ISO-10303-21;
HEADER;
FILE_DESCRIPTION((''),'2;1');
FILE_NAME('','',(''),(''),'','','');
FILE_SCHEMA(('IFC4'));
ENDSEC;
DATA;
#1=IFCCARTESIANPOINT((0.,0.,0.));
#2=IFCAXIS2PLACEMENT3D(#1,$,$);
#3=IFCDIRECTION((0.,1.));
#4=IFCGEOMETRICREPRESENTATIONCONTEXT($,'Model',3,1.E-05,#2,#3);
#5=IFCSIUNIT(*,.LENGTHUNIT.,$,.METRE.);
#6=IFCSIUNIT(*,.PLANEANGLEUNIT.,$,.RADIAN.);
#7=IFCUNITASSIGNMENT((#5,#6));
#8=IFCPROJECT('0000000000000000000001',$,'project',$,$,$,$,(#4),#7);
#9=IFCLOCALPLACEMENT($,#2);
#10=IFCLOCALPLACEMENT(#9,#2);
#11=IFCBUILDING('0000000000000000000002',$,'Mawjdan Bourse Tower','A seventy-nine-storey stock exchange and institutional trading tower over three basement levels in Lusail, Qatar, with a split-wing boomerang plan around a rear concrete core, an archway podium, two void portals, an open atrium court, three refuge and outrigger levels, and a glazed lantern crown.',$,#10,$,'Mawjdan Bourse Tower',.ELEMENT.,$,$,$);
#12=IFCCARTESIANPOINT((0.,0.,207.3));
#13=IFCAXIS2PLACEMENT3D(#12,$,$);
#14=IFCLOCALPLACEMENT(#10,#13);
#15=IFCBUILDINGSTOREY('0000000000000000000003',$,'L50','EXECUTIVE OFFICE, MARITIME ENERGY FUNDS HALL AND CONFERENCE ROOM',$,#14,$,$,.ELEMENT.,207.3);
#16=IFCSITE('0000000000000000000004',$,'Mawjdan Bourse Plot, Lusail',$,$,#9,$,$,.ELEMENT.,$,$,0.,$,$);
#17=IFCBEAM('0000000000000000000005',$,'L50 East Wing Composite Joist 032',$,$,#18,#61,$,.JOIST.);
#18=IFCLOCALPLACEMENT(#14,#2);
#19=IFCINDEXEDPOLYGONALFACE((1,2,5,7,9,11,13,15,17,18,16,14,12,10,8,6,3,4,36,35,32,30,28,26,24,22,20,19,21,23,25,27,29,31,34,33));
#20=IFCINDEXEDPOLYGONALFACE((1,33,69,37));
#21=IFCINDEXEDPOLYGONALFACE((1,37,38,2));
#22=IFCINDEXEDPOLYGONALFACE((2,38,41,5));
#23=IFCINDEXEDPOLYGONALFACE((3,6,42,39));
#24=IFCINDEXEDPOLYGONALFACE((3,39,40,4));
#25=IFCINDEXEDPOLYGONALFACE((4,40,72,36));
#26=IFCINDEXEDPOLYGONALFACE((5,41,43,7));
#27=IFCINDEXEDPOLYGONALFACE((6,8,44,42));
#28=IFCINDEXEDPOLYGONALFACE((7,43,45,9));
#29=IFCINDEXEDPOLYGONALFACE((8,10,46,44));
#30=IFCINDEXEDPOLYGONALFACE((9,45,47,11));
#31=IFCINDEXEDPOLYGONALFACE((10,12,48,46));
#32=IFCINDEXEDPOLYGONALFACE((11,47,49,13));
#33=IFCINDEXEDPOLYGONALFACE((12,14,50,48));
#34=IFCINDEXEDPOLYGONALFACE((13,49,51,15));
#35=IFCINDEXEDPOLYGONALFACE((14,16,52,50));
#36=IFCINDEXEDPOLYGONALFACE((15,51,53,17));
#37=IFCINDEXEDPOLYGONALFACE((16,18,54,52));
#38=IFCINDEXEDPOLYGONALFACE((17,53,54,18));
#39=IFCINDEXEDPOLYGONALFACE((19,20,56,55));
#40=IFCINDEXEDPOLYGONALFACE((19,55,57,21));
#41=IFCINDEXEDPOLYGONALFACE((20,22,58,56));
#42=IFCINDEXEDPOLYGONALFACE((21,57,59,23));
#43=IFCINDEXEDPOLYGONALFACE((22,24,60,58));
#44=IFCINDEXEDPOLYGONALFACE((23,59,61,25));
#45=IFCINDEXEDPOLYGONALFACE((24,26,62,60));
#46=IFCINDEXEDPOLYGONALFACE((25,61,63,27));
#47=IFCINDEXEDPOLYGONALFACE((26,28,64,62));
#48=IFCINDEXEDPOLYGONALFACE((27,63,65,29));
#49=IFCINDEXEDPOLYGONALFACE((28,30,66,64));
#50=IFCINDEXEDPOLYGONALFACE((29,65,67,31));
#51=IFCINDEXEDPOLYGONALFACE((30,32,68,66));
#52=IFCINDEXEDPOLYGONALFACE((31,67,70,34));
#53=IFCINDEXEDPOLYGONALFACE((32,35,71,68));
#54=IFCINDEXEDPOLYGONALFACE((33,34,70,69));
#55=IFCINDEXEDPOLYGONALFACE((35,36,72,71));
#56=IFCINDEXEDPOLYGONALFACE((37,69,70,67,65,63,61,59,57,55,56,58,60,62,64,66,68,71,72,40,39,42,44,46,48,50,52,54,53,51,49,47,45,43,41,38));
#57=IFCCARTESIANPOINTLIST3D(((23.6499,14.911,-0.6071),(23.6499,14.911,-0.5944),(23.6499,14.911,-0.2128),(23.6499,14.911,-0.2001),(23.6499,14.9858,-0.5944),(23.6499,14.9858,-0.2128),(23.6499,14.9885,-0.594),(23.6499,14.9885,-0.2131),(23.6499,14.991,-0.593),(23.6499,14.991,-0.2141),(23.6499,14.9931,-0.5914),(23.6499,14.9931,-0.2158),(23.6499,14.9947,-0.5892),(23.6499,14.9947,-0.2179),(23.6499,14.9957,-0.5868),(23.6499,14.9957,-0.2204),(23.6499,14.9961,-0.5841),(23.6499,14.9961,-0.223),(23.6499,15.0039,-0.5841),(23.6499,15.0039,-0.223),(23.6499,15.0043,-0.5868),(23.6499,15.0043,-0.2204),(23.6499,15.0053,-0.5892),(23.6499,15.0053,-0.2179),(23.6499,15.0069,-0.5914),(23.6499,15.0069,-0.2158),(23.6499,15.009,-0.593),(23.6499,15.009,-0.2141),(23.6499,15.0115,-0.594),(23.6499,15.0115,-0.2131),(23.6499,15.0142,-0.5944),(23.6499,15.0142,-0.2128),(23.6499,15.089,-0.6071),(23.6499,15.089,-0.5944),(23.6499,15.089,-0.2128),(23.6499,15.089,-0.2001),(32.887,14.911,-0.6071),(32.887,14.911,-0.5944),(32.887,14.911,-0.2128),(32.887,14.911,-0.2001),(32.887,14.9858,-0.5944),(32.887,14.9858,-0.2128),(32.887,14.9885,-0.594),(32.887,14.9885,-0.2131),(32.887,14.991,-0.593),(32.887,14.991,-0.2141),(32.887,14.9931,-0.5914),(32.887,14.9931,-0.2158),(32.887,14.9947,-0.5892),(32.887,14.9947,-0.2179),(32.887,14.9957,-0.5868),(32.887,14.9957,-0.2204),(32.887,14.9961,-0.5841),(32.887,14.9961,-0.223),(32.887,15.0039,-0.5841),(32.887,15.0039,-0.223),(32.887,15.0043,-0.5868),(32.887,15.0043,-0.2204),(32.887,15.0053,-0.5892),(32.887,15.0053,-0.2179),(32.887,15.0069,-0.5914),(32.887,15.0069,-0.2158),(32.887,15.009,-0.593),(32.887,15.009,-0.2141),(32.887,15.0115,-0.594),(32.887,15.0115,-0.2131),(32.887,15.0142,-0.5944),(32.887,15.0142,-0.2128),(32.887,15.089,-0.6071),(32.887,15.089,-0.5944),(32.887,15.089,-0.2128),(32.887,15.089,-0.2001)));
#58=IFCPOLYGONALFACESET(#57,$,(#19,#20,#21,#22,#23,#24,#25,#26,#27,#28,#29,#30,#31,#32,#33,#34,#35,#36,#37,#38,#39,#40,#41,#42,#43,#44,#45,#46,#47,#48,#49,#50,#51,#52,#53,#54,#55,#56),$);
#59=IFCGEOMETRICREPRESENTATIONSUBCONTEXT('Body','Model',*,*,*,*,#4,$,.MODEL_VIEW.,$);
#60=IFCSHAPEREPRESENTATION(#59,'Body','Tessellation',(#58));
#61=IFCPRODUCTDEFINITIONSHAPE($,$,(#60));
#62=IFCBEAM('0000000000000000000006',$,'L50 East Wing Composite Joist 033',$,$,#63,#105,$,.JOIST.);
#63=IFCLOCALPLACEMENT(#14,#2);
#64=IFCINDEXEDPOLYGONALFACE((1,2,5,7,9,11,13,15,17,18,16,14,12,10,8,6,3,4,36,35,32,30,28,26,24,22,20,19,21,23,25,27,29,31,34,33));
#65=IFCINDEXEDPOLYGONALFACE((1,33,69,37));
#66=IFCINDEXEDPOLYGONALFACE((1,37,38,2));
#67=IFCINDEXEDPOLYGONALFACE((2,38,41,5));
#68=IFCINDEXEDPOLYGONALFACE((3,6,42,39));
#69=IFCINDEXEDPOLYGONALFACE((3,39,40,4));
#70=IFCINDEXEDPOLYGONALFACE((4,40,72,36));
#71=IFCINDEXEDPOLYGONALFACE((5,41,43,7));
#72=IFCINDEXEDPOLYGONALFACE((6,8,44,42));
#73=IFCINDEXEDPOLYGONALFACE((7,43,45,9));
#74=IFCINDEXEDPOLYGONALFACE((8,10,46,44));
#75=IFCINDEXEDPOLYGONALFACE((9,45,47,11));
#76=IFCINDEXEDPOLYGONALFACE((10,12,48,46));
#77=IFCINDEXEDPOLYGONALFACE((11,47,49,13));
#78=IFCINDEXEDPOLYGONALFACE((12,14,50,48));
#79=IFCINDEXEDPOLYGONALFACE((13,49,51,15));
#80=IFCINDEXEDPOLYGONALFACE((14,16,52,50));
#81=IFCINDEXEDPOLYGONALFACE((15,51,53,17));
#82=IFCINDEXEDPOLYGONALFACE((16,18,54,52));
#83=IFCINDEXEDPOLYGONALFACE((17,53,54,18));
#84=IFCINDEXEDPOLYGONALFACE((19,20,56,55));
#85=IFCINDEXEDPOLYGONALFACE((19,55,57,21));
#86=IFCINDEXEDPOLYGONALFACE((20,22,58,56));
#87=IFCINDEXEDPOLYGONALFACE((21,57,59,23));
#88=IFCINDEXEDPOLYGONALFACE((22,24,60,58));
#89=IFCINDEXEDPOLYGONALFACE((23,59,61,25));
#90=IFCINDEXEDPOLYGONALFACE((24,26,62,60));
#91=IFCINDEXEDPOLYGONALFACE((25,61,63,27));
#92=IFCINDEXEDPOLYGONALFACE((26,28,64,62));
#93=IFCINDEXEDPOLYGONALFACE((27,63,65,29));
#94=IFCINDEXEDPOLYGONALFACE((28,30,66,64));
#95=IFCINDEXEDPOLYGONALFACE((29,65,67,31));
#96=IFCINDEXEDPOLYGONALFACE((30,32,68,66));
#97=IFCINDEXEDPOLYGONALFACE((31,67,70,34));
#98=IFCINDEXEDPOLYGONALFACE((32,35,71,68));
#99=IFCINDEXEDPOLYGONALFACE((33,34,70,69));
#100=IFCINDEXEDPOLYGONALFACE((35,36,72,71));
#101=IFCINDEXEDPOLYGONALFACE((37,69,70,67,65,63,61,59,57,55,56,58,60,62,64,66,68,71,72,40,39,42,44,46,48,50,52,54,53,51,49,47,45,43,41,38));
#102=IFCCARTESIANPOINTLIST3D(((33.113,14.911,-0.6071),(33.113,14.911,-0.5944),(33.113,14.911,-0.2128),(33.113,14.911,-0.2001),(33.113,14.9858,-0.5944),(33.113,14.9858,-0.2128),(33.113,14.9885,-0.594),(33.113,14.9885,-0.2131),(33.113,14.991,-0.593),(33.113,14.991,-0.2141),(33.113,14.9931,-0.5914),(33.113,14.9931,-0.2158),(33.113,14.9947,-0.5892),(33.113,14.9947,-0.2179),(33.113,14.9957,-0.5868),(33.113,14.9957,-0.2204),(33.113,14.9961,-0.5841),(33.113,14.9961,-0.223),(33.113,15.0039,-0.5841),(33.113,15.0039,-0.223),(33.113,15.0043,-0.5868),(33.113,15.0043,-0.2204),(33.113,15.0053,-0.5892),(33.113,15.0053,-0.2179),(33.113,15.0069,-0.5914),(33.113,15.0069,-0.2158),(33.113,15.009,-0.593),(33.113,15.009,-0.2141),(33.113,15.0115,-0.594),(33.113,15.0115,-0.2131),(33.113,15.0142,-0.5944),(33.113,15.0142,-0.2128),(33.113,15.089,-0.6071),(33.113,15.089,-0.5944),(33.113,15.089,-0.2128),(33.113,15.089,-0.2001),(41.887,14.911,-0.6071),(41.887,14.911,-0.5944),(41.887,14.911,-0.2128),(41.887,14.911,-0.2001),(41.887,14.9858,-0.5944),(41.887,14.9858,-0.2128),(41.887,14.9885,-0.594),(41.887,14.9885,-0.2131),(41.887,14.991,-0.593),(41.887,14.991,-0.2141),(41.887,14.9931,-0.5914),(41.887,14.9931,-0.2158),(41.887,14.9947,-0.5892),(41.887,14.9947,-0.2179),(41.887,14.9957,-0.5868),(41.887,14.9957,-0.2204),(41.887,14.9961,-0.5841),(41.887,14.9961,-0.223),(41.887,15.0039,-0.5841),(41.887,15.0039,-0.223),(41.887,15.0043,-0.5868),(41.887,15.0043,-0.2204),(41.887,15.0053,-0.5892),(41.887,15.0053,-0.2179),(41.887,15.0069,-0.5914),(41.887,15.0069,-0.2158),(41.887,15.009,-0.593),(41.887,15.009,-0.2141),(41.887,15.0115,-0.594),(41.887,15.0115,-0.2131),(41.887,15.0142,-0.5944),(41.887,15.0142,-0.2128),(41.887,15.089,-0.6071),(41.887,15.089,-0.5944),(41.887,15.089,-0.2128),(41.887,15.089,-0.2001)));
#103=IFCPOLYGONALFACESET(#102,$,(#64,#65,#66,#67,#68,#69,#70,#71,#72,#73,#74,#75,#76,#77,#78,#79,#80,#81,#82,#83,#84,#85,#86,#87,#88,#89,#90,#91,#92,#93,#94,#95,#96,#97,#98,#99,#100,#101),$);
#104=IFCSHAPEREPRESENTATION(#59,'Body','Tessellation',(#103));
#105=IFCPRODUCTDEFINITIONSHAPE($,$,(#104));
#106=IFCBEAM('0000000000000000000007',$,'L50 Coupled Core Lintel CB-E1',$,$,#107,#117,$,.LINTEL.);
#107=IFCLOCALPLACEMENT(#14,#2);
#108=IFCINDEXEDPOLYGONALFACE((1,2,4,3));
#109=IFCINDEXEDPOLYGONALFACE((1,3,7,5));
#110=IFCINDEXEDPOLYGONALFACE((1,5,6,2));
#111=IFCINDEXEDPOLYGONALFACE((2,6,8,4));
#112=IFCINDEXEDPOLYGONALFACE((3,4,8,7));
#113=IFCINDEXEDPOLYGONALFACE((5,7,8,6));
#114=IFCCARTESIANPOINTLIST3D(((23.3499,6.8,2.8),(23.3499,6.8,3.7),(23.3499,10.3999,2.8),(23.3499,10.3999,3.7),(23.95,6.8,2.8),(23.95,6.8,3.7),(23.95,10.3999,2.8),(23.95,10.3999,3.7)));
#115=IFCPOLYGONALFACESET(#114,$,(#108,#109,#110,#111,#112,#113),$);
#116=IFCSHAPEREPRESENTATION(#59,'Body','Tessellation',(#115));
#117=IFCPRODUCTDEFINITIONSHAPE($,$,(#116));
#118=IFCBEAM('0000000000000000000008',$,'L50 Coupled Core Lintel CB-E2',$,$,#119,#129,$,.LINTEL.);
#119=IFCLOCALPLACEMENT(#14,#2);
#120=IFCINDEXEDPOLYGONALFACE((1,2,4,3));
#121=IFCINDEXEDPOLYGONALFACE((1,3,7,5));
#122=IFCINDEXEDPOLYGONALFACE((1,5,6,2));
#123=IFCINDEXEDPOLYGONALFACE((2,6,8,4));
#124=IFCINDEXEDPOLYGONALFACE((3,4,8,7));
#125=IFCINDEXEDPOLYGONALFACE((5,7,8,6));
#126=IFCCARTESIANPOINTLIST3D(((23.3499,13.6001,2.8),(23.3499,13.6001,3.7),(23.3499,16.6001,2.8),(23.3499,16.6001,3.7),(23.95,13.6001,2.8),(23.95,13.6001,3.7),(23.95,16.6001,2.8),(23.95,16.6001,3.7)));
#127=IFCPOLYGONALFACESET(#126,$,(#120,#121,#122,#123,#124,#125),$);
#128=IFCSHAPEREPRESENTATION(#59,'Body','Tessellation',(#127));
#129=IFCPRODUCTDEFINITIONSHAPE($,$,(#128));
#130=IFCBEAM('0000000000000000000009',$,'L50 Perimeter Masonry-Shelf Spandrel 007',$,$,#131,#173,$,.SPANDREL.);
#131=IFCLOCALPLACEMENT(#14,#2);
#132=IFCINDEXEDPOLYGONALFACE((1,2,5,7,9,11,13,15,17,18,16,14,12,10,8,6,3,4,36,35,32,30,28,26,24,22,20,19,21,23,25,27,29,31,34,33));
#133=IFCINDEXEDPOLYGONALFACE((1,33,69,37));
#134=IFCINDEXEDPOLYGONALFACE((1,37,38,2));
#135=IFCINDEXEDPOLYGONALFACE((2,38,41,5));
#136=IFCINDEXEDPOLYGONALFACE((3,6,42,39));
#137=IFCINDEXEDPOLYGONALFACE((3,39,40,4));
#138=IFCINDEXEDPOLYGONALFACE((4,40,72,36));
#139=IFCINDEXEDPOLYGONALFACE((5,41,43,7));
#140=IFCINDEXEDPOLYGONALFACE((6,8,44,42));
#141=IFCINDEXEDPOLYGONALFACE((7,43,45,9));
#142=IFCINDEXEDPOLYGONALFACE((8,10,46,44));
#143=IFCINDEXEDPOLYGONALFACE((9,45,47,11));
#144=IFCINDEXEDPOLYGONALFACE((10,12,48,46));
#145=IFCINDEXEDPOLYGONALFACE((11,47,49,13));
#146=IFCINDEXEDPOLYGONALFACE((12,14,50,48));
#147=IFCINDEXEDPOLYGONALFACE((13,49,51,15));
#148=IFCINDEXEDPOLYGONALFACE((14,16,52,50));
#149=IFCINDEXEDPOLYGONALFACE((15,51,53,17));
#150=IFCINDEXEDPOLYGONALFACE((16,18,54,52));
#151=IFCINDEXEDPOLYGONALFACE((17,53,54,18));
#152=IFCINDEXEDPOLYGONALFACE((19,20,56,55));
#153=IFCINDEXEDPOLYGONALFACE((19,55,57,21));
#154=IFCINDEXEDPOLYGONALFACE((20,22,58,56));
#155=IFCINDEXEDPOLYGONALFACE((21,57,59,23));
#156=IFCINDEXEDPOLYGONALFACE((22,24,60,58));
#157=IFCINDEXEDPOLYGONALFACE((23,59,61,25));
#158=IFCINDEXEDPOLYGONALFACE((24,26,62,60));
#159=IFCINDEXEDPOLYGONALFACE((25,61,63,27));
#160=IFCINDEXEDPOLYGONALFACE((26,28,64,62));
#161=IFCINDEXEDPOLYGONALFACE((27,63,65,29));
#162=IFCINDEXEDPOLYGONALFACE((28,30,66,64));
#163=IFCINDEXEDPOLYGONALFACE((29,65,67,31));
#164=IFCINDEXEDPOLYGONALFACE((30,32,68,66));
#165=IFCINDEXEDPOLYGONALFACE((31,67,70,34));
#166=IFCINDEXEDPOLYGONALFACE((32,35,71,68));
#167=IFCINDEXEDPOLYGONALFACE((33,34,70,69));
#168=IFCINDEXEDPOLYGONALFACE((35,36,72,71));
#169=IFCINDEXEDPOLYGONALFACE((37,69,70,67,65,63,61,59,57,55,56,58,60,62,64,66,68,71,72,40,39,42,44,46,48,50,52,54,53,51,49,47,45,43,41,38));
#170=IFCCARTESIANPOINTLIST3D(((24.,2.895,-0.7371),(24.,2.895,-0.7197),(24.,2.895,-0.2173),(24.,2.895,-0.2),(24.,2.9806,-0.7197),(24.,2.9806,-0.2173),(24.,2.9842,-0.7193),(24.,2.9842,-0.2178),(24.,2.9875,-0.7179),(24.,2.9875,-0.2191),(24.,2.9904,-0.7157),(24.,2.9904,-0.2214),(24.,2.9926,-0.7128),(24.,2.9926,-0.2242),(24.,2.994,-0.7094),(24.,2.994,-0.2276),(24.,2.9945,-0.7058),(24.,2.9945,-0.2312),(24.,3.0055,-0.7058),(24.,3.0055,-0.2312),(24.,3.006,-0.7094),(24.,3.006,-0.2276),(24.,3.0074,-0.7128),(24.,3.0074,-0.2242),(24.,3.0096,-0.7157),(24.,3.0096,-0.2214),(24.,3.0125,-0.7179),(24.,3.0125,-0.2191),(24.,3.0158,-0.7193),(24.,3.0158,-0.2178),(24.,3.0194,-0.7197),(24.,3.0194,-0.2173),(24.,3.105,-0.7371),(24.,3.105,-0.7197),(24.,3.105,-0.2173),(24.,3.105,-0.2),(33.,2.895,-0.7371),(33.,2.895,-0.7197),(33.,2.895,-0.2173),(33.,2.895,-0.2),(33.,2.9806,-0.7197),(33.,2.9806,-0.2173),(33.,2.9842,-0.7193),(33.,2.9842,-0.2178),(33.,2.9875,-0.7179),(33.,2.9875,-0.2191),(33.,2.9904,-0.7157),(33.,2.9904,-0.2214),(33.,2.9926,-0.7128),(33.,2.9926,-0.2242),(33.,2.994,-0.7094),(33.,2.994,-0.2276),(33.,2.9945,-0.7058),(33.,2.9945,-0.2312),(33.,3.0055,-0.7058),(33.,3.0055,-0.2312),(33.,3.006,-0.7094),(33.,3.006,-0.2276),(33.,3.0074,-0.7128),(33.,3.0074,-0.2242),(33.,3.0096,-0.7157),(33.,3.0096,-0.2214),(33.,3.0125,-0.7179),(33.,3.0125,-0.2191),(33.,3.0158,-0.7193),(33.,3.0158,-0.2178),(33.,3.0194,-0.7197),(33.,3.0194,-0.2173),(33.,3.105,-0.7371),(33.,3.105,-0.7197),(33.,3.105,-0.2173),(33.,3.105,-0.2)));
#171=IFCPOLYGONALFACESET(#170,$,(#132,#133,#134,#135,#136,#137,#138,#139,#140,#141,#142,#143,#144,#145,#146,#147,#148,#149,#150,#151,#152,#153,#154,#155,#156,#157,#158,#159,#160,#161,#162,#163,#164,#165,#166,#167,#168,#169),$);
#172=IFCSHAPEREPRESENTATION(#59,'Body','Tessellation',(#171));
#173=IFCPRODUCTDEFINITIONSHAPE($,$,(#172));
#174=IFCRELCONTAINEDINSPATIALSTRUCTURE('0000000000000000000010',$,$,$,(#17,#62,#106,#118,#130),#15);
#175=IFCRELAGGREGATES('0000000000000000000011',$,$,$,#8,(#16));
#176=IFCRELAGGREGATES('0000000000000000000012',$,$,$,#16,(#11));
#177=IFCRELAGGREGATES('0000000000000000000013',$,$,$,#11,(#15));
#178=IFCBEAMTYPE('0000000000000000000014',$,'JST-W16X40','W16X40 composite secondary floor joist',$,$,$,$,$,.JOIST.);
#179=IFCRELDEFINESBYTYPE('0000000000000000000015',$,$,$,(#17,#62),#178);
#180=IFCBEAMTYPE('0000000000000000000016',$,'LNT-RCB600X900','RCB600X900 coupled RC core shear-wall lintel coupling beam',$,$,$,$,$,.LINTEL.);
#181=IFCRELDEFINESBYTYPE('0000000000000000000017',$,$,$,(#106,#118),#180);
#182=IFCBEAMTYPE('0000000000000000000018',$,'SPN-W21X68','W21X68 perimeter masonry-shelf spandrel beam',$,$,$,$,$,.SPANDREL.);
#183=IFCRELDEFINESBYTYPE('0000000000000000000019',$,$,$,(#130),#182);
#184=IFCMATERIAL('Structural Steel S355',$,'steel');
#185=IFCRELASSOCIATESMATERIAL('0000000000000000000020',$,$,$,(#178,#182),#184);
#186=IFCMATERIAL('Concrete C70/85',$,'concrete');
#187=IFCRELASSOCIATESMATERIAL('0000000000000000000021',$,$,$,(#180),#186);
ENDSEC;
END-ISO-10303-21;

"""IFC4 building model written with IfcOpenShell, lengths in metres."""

from ifc_helpers import new_model, si_unit, direction, frame, origin, origin_2d, place, context, subcontext, project, spatial, rectangle, i_section, extrude, material, material_profile, profile_set, type_object, element, save


model = new_model("IFC4")

# Units and contexts
model_context = context("Model", 3, precision=1e-05, world=origin(), true_north=direction((0.0, 1.0)))
body_context = subcontext(model_context, "Body", "Model", "MODEL_VIEW")
ifc_project = project(units=[si_unit("LENGTHUNIT", "METRE"), si_unit("PLANEANGLEUNIT", "RADIAN")], contexts=[model_context])

# Site, building, storey
site_placement = place(None, origin())
site = spatial("IfcSite", under=ifc_project, at=site_placement, Name="Mawjdan Bourse Plot, Lusail", CompositionType="ELEMENT", RefElevation=0.0)
building_placement = place(site_placement, origin())
building = spatial("IfcBuilding", under=site, at=building_placement, Name="Mawjdan Bourse Tower", Description="A seventy-nine-storey stock exchange and institutional trading tower over three basement levels in Lusail, Qatar, with a split-wing boomerang plan around a rear concrete core, an archway podium, two void portals, an open atrium court, three refuge and outrigger levels, and a glazed lantern crown.", LongName="Mawjdan Bourse Tower", CompositionType="ELEMENT")
storey_placement = place(building_placement, frame((0.0, 0.0, 207.3)))
storey = spatial("IfcBuildingStorey", under=building, at=storey_placement, Name="L50", Description="EXECUTIVE OFFICE, MARITIME ENERGY FUNDS HALL AND CONFERENCE ROOM", CompositionType="ELEMENT", Elevation=207.3)

# Shared definitions
ifc_material_1 = material(Name="Concrete C70/85", Category="concrete")

# Beams
ifc_material_2 = material(Name="Structural Steel S355", Category="steel")
ifc_material_profile_1 = material_profile(ifc_material_2, i_section(OverallWidth=0.178, OverallDepth=0.407, WebThickness=0.0078, FlangeThickness=0.0127, FilletRadius=0.0103, at=origin_2d()), Name="W16X40")
ifc_profile_set_1 = profile_set([ifc_material_profile_1], Name="Structural Steel S355")
beam_type_1 = type_object("IfcBeamType", Name="JST-W16X40", Description="W16X40 composite secondary floor joist", PredefinedType="JOIST", material=ifc_profile_set_1)
beam_1_placement = place(storey_placement, frame((23.6499, 15.0, -0.4036), z_axis=(1.0, 0.0, 0.0), x_axis=(0.0, 1.0, 0.0)))
element("IfcBeam", 1, at=beam_1_placement, inside=storey, type_object=beam_type_1, Name="L50 East Wing Composite Joist 032", PredefinedType="JOIST", context=body_context, shape_type="SweptSolid", body=[
    extrude(i_section(OverallWidth=0.178, OverallDepth=0.407, WebThickness=0.0078, FlangeThickness=0.0127, FilletRadius=0.0103, at=origin_2d()), origin(), (0.0, 0.0, 1.0), 9.2371),
])
beam_2_placement = place(storey_placement, frame((33.113, 15.0, -0.4036), z_axis=(1.0, 0.0, 0.0), x_axis=(0.0, 1.0, 0.0)))
element("IfcBeam", 2, at=beam_2_placement, inside=storey, type_object=beam_type_1, Name="L50 East Wing Composite Joist 033", PredefinedType="JOIST", context=body_context, shape_type="SweptSolid", body=[
    extrude(i_section(OverallWidth=0.178, OverallDepth=0.407, WebThickness=0.0078, FlangeThickness=0.0127, FilletRadius=0.0103, at=origin_2d()), origin(), (0.0, 0.0, 1.0), 8.7739),
])
ifc_material_profile_2 = material_profile(ifc_material_1, rectangle(XDim=0.6001, YDim=0.8999, at=origin_2d()), Name="RCB600X900")
ifc_profile_set_2 = profile_set([ifc_material_profile_2], Name="Concrete C70/85")
beam_type_2 = type_object("IfcBeamType", Name="LNT-RCB600X900", Description="RCB600X900 coupled RC core shear-wall lintel coupling beam", PredefinedType="LINTEL", material=ifc_profile_set_2)
beam_3_placement = place(storey_placement, frame((23.6499, 6.8, 3.25), z_axis=(0.0, 1.0, 0.0), x_axis=(-1.0, 0.0, 0.0)))
element("IfcBeam", 3, at=beam_3_placement, inside=storey, type_object=beam_type_2, Name="L50 Coupled Core Lintel CB-E1", PredefinedType="LINTEL", context=body_context, shape_type="SweptSolid", body=[
    extrude(rectangle(XDim=0.6001, YDim=0.8999, at=origin_2d()), origin(), (0.0, 0.0, 1.0), 3.5999),
])
beam_4_placement = place(storey_placement, frame((23.6499, 13.6001, 3.25), z_axis=(0.0, 1.0, 0.0), x_axis=(-1.0, 0.0, 0.0)))
element("IfcBeam", 4, at=beam_4_placement, inside=storey, type_object=beam_type_2, Name="L50 Coupled Core Lintel CB-E2", PredefinedType="LINTEL", context=body_context, shape_type="SweptSolid", body=[
    extrude(rectangle(XDim=0.6001, YDim=0.8999, at=origin_2d()), origin(), (0.0, 0.0, 1.0), 3.0),
])
ifc_material_profile_3 = material_profile(ifc_material_2, i_section(OverallWidth=0.21, OverallDepth=0.5371, WebThickness=0.011, FlangeThickness=0.0173, FilletRadius=0.0139, at=origin_2d()), Name="W21X68")
ifc_profile_set_3 = profile_set([ifc_material_profile_3], Name="Structural Steel S355")
beam_type_3 = type_object("IfcBeamType", Name="SPN-W21X68", Description="W21X68 perimeter masonry-shelf spandrel beam", PredefinedType="SPANDREL", material=ifc_profile_set_3)
for number, where, z_axis, x_axis, name in (
    (5, (24.0, 3.0, -0.4685), (1.0, 0.0, 0.0), (0.0, 1.0, 0.0), "L50 Perimeter Masonry-Shelf Spandrel 007"),
):
    element("IfcBeam", number, at=place(storey_placement, frame(where, z_axis=z_axis, x_axis=x_axis)), inside=storey, type_object=beam_type_3, Name=name, PredefinedType="SPANDREL", context=body_context, shape_type="SweptSolid", body=[
        extrude(i_section(OverallWidth=0.21, OverallDepth=0.5371, WebThickness=0.011, FlangeThickness=0.0173, FilletRadius=0.0139, at=origin_2d()), origin(), (0.0, 0.0, 1.0), 9.0),
    ])

save(model, "model.ifc")
